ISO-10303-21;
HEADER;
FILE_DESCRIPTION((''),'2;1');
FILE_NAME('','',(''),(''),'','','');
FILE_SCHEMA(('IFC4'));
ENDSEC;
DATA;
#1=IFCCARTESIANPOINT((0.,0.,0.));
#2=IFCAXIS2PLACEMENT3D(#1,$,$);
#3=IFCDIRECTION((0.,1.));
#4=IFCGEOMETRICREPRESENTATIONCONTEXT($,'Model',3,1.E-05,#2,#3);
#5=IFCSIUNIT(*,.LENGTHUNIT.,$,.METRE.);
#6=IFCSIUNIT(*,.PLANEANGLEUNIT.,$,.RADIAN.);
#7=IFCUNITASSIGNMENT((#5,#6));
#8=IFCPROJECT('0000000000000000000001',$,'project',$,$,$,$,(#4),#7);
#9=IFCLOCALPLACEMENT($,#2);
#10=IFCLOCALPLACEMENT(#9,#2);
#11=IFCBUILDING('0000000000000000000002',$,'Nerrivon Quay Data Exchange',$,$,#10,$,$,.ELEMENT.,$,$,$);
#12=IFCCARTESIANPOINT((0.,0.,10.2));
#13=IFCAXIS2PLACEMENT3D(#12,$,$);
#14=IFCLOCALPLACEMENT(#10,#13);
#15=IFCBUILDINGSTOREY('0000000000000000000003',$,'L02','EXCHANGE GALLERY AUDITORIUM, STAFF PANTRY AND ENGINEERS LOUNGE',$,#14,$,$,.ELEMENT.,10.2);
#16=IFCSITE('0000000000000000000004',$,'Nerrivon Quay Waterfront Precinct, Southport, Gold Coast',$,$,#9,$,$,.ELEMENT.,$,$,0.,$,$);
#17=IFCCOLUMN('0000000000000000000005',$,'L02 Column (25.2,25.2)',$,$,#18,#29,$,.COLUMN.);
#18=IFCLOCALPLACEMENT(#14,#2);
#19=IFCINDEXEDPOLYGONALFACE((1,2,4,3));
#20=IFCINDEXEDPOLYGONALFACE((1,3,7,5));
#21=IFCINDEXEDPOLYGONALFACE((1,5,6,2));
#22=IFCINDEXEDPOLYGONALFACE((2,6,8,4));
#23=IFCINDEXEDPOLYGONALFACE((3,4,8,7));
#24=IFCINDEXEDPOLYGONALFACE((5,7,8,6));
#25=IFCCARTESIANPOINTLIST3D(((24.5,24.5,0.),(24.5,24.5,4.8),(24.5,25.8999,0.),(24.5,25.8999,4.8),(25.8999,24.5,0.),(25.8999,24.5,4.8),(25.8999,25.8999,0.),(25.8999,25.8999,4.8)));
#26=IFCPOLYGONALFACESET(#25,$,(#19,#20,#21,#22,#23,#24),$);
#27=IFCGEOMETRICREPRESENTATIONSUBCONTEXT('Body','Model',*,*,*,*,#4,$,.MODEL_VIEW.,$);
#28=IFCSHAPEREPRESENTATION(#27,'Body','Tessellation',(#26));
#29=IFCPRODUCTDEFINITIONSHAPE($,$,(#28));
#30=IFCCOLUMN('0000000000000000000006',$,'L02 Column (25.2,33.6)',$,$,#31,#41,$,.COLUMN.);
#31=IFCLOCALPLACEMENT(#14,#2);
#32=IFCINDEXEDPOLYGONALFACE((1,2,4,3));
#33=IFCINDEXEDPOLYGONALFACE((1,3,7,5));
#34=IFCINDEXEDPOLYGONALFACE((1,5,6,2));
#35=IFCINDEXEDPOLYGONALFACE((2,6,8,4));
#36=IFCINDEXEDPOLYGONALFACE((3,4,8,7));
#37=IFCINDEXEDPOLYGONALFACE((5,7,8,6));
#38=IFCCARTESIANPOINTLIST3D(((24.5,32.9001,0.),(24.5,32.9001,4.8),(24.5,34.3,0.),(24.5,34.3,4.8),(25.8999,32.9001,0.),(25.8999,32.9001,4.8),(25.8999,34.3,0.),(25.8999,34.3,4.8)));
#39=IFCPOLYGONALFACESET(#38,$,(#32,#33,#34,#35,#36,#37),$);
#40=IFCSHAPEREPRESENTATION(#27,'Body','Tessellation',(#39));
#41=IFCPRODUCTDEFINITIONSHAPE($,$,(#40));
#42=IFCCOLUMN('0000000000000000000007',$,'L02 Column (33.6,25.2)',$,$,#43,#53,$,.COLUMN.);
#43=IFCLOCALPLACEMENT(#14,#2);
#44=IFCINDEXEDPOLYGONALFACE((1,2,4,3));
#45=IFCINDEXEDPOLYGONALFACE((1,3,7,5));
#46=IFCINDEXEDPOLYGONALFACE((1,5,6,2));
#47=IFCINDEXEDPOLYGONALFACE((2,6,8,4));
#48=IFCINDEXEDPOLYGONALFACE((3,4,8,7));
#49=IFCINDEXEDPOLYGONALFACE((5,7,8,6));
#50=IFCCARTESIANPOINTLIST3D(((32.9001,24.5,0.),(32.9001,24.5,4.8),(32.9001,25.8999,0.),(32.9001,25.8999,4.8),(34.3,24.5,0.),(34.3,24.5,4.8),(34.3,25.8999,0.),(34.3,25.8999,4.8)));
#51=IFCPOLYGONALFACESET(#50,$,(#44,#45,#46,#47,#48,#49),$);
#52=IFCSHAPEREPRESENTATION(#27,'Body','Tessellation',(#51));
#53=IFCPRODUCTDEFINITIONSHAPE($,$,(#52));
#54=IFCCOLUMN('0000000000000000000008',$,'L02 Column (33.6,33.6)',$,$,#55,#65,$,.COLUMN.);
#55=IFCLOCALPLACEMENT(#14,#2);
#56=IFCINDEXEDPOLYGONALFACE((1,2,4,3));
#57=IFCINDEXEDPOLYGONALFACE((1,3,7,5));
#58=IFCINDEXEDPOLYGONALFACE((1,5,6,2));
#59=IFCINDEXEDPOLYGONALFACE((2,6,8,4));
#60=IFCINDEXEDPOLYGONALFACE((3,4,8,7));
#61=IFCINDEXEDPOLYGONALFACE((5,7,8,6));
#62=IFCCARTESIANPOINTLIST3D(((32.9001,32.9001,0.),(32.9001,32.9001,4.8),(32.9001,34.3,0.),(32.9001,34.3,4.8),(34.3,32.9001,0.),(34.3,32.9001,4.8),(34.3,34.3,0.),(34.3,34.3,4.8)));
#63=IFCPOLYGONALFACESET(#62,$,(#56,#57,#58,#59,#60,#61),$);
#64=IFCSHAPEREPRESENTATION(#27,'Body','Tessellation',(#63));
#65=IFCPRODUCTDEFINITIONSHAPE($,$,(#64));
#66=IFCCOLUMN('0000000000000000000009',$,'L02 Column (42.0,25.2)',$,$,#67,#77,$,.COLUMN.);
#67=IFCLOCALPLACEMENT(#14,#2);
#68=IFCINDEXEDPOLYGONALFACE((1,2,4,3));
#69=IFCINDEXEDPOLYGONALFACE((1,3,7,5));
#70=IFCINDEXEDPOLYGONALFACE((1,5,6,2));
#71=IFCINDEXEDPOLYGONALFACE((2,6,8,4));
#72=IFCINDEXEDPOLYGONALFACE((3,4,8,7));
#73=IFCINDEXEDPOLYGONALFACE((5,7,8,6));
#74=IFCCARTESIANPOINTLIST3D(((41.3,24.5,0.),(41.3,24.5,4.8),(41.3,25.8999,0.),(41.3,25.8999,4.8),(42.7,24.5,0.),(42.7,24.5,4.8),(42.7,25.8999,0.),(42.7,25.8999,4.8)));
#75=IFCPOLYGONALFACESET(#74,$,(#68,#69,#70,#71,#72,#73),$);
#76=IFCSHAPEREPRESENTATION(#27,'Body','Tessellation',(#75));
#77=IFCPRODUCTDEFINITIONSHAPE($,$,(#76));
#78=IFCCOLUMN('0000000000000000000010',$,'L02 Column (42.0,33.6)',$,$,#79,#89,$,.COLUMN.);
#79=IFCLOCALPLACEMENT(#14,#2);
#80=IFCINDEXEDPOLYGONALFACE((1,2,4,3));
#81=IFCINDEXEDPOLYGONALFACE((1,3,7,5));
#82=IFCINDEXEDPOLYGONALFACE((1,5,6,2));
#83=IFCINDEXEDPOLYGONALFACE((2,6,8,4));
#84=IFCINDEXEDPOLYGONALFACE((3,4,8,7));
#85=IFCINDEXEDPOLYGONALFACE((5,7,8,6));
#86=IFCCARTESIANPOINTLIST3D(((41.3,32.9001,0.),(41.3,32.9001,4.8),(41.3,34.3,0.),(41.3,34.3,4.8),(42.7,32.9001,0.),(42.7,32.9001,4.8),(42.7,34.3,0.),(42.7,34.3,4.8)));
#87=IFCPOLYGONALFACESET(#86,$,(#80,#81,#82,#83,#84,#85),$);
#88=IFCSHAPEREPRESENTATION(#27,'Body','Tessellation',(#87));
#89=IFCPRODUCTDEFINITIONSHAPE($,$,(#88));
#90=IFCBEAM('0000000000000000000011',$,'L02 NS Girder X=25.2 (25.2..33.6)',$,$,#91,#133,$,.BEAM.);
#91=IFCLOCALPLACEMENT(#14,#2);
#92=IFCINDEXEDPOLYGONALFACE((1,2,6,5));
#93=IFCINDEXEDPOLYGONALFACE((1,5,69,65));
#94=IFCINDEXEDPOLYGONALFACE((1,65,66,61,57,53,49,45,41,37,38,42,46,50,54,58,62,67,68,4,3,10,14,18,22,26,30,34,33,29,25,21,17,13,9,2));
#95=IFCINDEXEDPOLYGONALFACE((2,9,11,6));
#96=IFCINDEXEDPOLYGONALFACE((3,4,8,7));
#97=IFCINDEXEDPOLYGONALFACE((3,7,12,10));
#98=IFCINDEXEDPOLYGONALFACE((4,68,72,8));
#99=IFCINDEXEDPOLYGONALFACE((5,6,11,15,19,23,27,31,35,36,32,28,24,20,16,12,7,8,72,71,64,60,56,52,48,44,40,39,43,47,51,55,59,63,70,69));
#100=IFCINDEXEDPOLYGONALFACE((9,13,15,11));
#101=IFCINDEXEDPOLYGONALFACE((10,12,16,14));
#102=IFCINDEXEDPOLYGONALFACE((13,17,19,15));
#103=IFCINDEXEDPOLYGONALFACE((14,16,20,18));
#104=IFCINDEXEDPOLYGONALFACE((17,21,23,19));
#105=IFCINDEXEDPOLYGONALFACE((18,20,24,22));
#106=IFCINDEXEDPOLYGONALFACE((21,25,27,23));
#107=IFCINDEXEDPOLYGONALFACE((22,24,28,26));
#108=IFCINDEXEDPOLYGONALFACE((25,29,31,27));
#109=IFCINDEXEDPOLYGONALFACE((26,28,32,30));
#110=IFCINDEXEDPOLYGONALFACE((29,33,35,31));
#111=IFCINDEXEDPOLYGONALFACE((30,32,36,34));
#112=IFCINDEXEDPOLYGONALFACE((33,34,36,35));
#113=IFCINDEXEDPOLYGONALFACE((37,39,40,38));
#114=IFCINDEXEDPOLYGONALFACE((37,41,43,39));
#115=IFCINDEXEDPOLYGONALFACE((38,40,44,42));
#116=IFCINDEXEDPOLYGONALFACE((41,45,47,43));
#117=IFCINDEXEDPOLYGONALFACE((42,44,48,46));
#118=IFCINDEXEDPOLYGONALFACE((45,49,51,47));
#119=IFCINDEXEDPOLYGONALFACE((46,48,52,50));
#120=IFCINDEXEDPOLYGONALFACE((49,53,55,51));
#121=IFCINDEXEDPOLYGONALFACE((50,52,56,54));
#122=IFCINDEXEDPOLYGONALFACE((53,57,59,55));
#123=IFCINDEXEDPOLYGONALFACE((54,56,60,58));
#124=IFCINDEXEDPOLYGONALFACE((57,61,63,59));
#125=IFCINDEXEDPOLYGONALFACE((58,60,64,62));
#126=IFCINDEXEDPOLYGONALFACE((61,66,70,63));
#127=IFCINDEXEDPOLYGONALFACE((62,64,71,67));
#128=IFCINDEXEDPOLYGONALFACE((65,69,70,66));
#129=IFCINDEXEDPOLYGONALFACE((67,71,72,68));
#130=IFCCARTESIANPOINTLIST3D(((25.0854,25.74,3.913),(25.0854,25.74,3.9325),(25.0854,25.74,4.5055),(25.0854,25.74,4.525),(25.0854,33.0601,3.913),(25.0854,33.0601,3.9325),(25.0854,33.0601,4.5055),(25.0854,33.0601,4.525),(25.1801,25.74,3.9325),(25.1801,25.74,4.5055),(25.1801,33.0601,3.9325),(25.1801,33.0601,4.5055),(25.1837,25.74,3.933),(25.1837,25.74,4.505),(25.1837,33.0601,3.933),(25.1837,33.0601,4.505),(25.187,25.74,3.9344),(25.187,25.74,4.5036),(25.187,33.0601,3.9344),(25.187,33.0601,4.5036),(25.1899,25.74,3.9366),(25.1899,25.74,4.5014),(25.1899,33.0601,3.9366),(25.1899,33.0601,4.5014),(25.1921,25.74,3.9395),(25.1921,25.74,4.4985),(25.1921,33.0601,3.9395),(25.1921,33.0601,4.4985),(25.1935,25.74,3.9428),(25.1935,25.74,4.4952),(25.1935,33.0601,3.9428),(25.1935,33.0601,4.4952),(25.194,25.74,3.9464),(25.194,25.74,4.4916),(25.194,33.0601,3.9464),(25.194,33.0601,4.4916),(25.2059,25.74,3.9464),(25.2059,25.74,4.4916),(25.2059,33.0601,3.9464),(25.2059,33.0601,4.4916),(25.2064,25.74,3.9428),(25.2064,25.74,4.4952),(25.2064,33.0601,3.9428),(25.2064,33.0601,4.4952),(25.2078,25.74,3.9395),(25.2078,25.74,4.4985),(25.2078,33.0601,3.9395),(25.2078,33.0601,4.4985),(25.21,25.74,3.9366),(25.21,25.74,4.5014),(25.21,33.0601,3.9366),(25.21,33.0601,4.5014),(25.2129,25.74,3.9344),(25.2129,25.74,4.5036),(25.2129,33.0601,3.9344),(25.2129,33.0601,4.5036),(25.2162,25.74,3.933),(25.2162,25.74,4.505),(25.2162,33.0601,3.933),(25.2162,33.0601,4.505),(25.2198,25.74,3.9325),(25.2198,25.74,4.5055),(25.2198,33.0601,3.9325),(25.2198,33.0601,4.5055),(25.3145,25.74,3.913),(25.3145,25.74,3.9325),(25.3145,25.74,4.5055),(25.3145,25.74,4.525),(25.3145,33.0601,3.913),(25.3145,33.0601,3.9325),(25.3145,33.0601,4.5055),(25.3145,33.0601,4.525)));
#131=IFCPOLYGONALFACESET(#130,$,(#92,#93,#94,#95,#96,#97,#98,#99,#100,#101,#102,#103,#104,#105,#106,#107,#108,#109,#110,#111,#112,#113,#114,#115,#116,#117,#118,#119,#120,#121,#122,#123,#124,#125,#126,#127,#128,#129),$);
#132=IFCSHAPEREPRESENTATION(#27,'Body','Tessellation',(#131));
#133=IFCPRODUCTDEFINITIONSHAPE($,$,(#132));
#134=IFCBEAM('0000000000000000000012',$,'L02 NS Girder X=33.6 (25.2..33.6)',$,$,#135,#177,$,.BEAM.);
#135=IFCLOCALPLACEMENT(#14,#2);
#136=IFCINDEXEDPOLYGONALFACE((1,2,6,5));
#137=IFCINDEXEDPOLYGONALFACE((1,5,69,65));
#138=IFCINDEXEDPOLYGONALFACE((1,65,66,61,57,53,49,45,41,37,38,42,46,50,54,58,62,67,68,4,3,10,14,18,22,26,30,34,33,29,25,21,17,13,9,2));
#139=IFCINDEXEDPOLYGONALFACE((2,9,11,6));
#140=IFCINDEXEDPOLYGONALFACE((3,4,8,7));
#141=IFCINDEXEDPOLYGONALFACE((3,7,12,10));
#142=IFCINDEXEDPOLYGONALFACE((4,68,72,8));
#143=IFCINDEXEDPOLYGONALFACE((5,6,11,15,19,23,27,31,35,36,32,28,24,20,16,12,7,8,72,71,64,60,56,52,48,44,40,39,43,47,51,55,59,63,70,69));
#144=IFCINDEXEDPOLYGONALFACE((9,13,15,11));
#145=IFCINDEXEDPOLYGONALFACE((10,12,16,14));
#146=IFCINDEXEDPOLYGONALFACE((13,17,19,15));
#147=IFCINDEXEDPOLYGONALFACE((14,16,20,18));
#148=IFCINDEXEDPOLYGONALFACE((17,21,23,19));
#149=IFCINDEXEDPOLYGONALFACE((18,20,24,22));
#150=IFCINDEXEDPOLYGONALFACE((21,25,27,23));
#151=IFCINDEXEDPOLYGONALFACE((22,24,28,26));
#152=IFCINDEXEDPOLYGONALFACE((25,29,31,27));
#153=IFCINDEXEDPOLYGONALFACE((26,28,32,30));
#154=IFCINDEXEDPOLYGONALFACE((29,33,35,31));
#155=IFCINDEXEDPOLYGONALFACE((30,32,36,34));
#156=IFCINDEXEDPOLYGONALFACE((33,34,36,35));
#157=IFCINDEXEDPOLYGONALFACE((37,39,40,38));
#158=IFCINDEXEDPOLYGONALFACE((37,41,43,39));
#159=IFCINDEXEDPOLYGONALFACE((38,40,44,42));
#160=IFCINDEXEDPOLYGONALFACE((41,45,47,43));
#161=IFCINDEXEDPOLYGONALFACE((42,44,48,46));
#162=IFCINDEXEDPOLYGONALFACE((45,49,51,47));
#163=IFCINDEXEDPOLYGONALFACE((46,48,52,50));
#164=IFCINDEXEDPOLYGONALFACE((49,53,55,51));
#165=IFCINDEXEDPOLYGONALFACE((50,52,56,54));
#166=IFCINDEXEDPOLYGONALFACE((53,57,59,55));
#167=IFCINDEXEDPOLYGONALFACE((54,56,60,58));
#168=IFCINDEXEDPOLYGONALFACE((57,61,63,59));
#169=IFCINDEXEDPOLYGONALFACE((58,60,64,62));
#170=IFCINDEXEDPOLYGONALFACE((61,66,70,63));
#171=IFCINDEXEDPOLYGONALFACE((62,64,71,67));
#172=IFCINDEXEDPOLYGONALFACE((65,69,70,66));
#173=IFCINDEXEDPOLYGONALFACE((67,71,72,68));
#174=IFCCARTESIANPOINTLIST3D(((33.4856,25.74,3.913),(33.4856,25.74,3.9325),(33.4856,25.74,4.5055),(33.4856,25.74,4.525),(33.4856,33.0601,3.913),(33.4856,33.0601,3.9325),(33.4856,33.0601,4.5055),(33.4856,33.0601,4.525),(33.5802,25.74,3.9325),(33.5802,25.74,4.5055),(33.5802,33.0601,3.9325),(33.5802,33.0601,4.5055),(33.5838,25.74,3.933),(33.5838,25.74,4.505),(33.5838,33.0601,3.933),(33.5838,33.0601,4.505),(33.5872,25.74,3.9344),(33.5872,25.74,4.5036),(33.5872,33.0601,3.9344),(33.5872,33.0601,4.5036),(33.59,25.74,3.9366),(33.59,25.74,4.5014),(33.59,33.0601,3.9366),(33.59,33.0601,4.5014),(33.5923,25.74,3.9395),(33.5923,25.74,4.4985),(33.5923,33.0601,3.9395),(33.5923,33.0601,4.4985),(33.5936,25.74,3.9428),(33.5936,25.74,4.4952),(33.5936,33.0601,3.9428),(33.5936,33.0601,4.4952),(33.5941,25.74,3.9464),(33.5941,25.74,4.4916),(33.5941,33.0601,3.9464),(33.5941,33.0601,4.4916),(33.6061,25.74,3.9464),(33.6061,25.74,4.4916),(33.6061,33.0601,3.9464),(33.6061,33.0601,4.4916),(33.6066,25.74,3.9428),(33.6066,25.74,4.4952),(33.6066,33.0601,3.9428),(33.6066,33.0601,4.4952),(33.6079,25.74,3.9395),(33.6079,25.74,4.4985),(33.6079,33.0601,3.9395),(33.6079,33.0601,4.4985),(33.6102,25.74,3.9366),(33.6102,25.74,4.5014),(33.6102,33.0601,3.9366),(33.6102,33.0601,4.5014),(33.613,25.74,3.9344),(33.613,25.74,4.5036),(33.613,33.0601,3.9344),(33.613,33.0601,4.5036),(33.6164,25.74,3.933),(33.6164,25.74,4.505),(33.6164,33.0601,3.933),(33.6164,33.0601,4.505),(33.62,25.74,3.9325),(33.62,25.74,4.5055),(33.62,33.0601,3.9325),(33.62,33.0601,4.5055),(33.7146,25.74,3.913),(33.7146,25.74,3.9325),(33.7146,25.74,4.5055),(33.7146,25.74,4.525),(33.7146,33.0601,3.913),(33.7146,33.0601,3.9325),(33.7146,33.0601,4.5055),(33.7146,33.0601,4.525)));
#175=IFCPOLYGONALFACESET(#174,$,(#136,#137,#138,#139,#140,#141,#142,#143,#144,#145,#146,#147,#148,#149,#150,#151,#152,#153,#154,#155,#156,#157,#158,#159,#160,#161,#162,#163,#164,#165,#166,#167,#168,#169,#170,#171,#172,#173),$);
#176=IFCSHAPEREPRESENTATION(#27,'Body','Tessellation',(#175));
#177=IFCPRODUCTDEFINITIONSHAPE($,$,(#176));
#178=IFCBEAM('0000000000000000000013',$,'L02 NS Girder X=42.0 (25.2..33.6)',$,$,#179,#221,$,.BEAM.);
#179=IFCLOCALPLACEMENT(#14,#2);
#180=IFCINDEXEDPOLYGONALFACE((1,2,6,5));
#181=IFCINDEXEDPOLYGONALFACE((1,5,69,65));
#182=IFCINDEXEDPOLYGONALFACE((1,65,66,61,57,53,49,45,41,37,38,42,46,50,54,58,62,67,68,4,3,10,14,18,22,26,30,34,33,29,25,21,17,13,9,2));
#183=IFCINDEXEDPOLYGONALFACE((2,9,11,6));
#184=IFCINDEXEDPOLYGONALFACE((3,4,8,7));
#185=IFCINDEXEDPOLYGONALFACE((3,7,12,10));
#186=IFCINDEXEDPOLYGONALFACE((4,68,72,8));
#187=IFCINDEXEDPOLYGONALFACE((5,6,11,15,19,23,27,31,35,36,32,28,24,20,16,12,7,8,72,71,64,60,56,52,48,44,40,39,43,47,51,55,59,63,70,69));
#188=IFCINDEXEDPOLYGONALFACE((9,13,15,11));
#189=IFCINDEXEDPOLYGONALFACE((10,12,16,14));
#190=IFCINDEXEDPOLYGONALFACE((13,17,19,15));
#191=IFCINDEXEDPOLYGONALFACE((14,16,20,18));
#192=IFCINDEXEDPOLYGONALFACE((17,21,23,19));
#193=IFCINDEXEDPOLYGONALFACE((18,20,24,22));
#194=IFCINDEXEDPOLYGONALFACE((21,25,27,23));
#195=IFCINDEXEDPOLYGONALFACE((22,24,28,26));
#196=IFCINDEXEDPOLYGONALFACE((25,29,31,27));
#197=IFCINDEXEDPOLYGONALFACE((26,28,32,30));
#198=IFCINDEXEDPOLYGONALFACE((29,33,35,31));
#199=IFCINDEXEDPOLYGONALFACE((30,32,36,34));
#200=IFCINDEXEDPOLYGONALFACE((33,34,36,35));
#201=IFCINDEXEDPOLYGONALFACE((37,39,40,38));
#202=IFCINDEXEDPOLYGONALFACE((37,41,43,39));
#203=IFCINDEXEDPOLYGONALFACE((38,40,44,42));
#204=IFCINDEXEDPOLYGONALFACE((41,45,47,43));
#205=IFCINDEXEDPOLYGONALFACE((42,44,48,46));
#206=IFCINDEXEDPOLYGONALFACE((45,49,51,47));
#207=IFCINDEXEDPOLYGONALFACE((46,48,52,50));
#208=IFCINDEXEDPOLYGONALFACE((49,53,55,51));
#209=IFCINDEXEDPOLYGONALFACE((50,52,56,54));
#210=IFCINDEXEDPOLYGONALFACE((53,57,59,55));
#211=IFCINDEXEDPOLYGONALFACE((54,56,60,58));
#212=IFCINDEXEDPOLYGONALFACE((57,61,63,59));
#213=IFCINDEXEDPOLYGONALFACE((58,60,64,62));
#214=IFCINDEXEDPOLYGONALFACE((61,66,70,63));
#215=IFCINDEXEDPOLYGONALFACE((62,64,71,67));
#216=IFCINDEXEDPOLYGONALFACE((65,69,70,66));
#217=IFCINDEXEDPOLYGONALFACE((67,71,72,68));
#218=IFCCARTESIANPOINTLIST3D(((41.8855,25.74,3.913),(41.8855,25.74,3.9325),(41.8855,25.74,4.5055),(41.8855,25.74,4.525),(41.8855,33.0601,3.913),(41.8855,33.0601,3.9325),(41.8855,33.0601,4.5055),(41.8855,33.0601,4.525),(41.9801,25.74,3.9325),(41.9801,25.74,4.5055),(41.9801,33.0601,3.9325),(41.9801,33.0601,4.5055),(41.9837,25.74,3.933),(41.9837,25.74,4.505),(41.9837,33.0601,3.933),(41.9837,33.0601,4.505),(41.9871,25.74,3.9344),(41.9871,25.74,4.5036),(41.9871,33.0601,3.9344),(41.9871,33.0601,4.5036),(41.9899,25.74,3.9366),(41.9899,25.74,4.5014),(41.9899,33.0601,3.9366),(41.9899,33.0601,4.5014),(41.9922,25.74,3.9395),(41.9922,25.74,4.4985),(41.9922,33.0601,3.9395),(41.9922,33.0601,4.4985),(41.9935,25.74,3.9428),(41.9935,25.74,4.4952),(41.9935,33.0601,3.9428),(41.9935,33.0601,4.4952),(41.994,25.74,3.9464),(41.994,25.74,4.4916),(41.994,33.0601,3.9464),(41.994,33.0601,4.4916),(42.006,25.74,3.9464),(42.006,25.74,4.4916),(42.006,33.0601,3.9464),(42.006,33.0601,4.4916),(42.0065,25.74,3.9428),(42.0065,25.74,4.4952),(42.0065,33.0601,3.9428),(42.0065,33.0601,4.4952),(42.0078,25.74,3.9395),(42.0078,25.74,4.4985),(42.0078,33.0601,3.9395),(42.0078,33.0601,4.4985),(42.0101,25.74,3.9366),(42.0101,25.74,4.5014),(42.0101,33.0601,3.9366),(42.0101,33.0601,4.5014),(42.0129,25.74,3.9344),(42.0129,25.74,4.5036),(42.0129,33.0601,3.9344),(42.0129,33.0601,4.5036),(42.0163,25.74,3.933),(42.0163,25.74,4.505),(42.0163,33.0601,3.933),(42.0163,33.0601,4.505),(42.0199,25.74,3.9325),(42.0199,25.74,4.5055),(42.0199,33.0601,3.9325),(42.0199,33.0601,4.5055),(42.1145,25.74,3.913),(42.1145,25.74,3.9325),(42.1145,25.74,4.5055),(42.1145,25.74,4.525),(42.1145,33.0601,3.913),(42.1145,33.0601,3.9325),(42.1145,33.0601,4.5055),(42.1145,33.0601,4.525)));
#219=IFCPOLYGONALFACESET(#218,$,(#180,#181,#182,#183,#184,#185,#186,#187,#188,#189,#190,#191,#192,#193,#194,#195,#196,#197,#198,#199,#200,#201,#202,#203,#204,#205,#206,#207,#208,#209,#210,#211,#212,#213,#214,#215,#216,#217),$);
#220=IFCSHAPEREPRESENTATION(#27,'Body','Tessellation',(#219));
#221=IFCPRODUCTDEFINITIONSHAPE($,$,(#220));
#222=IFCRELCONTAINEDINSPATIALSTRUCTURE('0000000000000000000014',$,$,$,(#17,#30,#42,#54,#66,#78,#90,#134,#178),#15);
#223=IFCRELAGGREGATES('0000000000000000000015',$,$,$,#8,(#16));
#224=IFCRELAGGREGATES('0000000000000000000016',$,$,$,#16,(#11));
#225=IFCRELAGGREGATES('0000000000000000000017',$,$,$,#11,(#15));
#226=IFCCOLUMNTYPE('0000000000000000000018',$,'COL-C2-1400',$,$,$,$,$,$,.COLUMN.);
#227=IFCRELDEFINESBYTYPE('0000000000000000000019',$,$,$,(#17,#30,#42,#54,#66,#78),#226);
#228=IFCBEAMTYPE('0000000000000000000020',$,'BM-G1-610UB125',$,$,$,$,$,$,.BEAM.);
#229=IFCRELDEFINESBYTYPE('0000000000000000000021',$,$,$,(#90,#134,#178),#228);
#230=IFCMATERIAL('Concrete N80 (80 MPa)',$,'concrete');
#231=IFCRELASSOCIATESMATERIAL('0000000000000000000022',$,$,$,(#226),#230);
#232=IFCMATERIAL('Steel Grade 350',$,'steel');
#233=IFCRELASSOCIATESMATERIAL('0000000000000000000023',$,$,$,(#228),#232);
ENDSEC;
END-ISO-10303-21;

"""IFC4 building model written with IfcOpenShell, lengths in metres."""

from ifc_helpers import new_model, si_unit, direction, frame, origin, origin_2d, place, context, subcontext, project, spatial, rectangle, i_section, extrude, material, material_profile, profile_set, type_object, element, save


model = new_model("IFC4")

# Units and contexts
model_context = context("Model", 3, precision=1e-05, world=origin(), true_north=direction((0.0, 1.0)))
body_context = subcontext(model_context, "Body", "Model", "MODEL_VIEW")
ifc_project = project(units=[si_unit("LENGTHUNIT", "METRE"), si_unit("PLANEANGLEUNIT", "RADIAN")], contexts=[model_context])

# Site, building, storey
site_placement = place(None, origin())
site = spatial("IfcSite", under=ifc_project, at=site_placement, Name="Nerrivon Quay Waterfront Precinct, Southport, Gold Coast", CompositionType="ELEMENT", RefElevation=0.0)
building_placement = place(site_placement, origin())
building = spatial("IfcBuilding", under=site, at=building_placement, Name="Nerrivon Quay Data Exchange", CompositionType="ELEMENT")
storey_placement = place(building_placement, frame((0.0, 0.0, 10.2)))
storey = spatial("IfcBuildingStorey", under=building, at=storey_placement, Name="L02", Description="EXCHANGE GALLERY AUDITORIUM, STAFF PANTRY AND ENGINEERS LOUNGE", CompositionType="ELEMENT", Elevation=10.2)

# Columns
ifc_material_1 = material(Name="Concrete N80 (80 MPa)", Category="concrete")
ifc_material_profile_1 = material_profile(ifc_material_1, rectangle(XDim=1.3999, YDim=1.3999, at=origin_2d()), Name="RC-COL-1400x1400")
ifc_profile_set_1 = profile_set([ifc_material_profile_1], Name="Concrete N80 (80 MPa)")
column_type = type_object("IfcColumnType", Name="COL-C2-1400", PredefinedType="COLUMN", material=ifc_profile_set_1)
for number, where, z_axis, x_axis, name in (
    (1, (25.2, 25.2, 0.0), (0.0, 0.0, 1.0), (1.0, 0.0, 0.0), "L02 Column (25.2,25.2)"),
    (2, (25.2, 33.6001, 0.0), (0.0, 0.0, 1.0), (1.0, 0.0, 0.0), "L02 Column (25.2,33.6)"),
    (3, (33.6001, 25.2, 0.0), (0.0, 0.0, 1.0), (1.0, 0.0, 0.0), "L02 Column (33.6,25.2)"),
    (4, (33.6001, 33.6001, 0.0), (0.0, 0.0, 1.0), (1.0, 0.0, 0.0), "L02 Column (33.6,33.6)"),
    (5, (42.0, 25.2, 0.0), (0.0, 0.0, 1.0), (1.0, 0.0, 0.0), "L02 Column (42.0,25.2)"),
    (6, (42.0, 33.6001, 0.0), (0.0, 0.0, 1.0), (1.0, 0.0, 0.0), "L02 Column (42.0,33.6)"),
):
    element("IfcColumn", number, at=place(storey_placement, frame(where, z_axis=z_axis, x_axis=x_axis)), inside=storey, type_object=column_type, Name=name, PredefinedType="COLUMN", context=body_context, shape_type="SweptSolid", body=[
        extrude(rectangle(XDim=1.3999, YDim=1.3999, at=origin_2d()), origin(), (0.0, 0.0, 1.0), 4.8),
    ])

# Beams
ifc_material_2 = material(Name="Steel Grade 350", Category="steel")
ifc_material_profile_2 = material_profile(ifc_material_2, i_section(OverallWidth=0.229, OverallDepth=0.6121, WebThickness=0.012, FlangeThickness=0.0195, FilletRadius=0.0139, at=origin_2d()), Name="610UB125")
ifc_profile_set_2 = profile_set([ifc_material_profile_2], Name="Steel Grade 350")
beam_type_1 = type_object("IfcBeamType", Name="BM-G1-610UB125", PredefinedType="BEAM", material=ifc_profile_set_2)
for number, where, z_axis, x_axis, name in (
    (7, (25.2, 25.74, 4.219), (0.0, 1.0, 0.0), (-1.0, 0.0, 0.0), "L02 NS Girder X=25.2 (25.2..33.6)"),
    (8, (33.6001, 25.74, 4.219), (0.0, 1.0, 0.0), (-1.0, 0.0, 0.0), "L02 NS Girder X=33.6 (25.2..33.6)"),
    (9, (42.0, 25.74, 4.219), (0.0, 1.0, 0.0), (-1.0, 0.0, 0.0), "L02 NS Girder X=42.0 (25.2..33.6)"),
):
    element("IfcBeam", number, at=place(storey_placement, frame(where, z_axis=z_axis, x_axis=x_axis)), inside=storey, type_object=beam_type_1, Name=name, PredefinedType="BEAM", context=body_context, shape_type="SweptSolid", body=[
        extrude(i_section(OverallWidth=0.229, OverallDepth=0.6121, WebThickness=0.012, FlangeThickness=0.0195, FilletRadius=0.0139, at=origin_2d()), origin(), (0.0, 0.0, 1.0), 7.3201),
    ])

save(model, "model.ifc")
